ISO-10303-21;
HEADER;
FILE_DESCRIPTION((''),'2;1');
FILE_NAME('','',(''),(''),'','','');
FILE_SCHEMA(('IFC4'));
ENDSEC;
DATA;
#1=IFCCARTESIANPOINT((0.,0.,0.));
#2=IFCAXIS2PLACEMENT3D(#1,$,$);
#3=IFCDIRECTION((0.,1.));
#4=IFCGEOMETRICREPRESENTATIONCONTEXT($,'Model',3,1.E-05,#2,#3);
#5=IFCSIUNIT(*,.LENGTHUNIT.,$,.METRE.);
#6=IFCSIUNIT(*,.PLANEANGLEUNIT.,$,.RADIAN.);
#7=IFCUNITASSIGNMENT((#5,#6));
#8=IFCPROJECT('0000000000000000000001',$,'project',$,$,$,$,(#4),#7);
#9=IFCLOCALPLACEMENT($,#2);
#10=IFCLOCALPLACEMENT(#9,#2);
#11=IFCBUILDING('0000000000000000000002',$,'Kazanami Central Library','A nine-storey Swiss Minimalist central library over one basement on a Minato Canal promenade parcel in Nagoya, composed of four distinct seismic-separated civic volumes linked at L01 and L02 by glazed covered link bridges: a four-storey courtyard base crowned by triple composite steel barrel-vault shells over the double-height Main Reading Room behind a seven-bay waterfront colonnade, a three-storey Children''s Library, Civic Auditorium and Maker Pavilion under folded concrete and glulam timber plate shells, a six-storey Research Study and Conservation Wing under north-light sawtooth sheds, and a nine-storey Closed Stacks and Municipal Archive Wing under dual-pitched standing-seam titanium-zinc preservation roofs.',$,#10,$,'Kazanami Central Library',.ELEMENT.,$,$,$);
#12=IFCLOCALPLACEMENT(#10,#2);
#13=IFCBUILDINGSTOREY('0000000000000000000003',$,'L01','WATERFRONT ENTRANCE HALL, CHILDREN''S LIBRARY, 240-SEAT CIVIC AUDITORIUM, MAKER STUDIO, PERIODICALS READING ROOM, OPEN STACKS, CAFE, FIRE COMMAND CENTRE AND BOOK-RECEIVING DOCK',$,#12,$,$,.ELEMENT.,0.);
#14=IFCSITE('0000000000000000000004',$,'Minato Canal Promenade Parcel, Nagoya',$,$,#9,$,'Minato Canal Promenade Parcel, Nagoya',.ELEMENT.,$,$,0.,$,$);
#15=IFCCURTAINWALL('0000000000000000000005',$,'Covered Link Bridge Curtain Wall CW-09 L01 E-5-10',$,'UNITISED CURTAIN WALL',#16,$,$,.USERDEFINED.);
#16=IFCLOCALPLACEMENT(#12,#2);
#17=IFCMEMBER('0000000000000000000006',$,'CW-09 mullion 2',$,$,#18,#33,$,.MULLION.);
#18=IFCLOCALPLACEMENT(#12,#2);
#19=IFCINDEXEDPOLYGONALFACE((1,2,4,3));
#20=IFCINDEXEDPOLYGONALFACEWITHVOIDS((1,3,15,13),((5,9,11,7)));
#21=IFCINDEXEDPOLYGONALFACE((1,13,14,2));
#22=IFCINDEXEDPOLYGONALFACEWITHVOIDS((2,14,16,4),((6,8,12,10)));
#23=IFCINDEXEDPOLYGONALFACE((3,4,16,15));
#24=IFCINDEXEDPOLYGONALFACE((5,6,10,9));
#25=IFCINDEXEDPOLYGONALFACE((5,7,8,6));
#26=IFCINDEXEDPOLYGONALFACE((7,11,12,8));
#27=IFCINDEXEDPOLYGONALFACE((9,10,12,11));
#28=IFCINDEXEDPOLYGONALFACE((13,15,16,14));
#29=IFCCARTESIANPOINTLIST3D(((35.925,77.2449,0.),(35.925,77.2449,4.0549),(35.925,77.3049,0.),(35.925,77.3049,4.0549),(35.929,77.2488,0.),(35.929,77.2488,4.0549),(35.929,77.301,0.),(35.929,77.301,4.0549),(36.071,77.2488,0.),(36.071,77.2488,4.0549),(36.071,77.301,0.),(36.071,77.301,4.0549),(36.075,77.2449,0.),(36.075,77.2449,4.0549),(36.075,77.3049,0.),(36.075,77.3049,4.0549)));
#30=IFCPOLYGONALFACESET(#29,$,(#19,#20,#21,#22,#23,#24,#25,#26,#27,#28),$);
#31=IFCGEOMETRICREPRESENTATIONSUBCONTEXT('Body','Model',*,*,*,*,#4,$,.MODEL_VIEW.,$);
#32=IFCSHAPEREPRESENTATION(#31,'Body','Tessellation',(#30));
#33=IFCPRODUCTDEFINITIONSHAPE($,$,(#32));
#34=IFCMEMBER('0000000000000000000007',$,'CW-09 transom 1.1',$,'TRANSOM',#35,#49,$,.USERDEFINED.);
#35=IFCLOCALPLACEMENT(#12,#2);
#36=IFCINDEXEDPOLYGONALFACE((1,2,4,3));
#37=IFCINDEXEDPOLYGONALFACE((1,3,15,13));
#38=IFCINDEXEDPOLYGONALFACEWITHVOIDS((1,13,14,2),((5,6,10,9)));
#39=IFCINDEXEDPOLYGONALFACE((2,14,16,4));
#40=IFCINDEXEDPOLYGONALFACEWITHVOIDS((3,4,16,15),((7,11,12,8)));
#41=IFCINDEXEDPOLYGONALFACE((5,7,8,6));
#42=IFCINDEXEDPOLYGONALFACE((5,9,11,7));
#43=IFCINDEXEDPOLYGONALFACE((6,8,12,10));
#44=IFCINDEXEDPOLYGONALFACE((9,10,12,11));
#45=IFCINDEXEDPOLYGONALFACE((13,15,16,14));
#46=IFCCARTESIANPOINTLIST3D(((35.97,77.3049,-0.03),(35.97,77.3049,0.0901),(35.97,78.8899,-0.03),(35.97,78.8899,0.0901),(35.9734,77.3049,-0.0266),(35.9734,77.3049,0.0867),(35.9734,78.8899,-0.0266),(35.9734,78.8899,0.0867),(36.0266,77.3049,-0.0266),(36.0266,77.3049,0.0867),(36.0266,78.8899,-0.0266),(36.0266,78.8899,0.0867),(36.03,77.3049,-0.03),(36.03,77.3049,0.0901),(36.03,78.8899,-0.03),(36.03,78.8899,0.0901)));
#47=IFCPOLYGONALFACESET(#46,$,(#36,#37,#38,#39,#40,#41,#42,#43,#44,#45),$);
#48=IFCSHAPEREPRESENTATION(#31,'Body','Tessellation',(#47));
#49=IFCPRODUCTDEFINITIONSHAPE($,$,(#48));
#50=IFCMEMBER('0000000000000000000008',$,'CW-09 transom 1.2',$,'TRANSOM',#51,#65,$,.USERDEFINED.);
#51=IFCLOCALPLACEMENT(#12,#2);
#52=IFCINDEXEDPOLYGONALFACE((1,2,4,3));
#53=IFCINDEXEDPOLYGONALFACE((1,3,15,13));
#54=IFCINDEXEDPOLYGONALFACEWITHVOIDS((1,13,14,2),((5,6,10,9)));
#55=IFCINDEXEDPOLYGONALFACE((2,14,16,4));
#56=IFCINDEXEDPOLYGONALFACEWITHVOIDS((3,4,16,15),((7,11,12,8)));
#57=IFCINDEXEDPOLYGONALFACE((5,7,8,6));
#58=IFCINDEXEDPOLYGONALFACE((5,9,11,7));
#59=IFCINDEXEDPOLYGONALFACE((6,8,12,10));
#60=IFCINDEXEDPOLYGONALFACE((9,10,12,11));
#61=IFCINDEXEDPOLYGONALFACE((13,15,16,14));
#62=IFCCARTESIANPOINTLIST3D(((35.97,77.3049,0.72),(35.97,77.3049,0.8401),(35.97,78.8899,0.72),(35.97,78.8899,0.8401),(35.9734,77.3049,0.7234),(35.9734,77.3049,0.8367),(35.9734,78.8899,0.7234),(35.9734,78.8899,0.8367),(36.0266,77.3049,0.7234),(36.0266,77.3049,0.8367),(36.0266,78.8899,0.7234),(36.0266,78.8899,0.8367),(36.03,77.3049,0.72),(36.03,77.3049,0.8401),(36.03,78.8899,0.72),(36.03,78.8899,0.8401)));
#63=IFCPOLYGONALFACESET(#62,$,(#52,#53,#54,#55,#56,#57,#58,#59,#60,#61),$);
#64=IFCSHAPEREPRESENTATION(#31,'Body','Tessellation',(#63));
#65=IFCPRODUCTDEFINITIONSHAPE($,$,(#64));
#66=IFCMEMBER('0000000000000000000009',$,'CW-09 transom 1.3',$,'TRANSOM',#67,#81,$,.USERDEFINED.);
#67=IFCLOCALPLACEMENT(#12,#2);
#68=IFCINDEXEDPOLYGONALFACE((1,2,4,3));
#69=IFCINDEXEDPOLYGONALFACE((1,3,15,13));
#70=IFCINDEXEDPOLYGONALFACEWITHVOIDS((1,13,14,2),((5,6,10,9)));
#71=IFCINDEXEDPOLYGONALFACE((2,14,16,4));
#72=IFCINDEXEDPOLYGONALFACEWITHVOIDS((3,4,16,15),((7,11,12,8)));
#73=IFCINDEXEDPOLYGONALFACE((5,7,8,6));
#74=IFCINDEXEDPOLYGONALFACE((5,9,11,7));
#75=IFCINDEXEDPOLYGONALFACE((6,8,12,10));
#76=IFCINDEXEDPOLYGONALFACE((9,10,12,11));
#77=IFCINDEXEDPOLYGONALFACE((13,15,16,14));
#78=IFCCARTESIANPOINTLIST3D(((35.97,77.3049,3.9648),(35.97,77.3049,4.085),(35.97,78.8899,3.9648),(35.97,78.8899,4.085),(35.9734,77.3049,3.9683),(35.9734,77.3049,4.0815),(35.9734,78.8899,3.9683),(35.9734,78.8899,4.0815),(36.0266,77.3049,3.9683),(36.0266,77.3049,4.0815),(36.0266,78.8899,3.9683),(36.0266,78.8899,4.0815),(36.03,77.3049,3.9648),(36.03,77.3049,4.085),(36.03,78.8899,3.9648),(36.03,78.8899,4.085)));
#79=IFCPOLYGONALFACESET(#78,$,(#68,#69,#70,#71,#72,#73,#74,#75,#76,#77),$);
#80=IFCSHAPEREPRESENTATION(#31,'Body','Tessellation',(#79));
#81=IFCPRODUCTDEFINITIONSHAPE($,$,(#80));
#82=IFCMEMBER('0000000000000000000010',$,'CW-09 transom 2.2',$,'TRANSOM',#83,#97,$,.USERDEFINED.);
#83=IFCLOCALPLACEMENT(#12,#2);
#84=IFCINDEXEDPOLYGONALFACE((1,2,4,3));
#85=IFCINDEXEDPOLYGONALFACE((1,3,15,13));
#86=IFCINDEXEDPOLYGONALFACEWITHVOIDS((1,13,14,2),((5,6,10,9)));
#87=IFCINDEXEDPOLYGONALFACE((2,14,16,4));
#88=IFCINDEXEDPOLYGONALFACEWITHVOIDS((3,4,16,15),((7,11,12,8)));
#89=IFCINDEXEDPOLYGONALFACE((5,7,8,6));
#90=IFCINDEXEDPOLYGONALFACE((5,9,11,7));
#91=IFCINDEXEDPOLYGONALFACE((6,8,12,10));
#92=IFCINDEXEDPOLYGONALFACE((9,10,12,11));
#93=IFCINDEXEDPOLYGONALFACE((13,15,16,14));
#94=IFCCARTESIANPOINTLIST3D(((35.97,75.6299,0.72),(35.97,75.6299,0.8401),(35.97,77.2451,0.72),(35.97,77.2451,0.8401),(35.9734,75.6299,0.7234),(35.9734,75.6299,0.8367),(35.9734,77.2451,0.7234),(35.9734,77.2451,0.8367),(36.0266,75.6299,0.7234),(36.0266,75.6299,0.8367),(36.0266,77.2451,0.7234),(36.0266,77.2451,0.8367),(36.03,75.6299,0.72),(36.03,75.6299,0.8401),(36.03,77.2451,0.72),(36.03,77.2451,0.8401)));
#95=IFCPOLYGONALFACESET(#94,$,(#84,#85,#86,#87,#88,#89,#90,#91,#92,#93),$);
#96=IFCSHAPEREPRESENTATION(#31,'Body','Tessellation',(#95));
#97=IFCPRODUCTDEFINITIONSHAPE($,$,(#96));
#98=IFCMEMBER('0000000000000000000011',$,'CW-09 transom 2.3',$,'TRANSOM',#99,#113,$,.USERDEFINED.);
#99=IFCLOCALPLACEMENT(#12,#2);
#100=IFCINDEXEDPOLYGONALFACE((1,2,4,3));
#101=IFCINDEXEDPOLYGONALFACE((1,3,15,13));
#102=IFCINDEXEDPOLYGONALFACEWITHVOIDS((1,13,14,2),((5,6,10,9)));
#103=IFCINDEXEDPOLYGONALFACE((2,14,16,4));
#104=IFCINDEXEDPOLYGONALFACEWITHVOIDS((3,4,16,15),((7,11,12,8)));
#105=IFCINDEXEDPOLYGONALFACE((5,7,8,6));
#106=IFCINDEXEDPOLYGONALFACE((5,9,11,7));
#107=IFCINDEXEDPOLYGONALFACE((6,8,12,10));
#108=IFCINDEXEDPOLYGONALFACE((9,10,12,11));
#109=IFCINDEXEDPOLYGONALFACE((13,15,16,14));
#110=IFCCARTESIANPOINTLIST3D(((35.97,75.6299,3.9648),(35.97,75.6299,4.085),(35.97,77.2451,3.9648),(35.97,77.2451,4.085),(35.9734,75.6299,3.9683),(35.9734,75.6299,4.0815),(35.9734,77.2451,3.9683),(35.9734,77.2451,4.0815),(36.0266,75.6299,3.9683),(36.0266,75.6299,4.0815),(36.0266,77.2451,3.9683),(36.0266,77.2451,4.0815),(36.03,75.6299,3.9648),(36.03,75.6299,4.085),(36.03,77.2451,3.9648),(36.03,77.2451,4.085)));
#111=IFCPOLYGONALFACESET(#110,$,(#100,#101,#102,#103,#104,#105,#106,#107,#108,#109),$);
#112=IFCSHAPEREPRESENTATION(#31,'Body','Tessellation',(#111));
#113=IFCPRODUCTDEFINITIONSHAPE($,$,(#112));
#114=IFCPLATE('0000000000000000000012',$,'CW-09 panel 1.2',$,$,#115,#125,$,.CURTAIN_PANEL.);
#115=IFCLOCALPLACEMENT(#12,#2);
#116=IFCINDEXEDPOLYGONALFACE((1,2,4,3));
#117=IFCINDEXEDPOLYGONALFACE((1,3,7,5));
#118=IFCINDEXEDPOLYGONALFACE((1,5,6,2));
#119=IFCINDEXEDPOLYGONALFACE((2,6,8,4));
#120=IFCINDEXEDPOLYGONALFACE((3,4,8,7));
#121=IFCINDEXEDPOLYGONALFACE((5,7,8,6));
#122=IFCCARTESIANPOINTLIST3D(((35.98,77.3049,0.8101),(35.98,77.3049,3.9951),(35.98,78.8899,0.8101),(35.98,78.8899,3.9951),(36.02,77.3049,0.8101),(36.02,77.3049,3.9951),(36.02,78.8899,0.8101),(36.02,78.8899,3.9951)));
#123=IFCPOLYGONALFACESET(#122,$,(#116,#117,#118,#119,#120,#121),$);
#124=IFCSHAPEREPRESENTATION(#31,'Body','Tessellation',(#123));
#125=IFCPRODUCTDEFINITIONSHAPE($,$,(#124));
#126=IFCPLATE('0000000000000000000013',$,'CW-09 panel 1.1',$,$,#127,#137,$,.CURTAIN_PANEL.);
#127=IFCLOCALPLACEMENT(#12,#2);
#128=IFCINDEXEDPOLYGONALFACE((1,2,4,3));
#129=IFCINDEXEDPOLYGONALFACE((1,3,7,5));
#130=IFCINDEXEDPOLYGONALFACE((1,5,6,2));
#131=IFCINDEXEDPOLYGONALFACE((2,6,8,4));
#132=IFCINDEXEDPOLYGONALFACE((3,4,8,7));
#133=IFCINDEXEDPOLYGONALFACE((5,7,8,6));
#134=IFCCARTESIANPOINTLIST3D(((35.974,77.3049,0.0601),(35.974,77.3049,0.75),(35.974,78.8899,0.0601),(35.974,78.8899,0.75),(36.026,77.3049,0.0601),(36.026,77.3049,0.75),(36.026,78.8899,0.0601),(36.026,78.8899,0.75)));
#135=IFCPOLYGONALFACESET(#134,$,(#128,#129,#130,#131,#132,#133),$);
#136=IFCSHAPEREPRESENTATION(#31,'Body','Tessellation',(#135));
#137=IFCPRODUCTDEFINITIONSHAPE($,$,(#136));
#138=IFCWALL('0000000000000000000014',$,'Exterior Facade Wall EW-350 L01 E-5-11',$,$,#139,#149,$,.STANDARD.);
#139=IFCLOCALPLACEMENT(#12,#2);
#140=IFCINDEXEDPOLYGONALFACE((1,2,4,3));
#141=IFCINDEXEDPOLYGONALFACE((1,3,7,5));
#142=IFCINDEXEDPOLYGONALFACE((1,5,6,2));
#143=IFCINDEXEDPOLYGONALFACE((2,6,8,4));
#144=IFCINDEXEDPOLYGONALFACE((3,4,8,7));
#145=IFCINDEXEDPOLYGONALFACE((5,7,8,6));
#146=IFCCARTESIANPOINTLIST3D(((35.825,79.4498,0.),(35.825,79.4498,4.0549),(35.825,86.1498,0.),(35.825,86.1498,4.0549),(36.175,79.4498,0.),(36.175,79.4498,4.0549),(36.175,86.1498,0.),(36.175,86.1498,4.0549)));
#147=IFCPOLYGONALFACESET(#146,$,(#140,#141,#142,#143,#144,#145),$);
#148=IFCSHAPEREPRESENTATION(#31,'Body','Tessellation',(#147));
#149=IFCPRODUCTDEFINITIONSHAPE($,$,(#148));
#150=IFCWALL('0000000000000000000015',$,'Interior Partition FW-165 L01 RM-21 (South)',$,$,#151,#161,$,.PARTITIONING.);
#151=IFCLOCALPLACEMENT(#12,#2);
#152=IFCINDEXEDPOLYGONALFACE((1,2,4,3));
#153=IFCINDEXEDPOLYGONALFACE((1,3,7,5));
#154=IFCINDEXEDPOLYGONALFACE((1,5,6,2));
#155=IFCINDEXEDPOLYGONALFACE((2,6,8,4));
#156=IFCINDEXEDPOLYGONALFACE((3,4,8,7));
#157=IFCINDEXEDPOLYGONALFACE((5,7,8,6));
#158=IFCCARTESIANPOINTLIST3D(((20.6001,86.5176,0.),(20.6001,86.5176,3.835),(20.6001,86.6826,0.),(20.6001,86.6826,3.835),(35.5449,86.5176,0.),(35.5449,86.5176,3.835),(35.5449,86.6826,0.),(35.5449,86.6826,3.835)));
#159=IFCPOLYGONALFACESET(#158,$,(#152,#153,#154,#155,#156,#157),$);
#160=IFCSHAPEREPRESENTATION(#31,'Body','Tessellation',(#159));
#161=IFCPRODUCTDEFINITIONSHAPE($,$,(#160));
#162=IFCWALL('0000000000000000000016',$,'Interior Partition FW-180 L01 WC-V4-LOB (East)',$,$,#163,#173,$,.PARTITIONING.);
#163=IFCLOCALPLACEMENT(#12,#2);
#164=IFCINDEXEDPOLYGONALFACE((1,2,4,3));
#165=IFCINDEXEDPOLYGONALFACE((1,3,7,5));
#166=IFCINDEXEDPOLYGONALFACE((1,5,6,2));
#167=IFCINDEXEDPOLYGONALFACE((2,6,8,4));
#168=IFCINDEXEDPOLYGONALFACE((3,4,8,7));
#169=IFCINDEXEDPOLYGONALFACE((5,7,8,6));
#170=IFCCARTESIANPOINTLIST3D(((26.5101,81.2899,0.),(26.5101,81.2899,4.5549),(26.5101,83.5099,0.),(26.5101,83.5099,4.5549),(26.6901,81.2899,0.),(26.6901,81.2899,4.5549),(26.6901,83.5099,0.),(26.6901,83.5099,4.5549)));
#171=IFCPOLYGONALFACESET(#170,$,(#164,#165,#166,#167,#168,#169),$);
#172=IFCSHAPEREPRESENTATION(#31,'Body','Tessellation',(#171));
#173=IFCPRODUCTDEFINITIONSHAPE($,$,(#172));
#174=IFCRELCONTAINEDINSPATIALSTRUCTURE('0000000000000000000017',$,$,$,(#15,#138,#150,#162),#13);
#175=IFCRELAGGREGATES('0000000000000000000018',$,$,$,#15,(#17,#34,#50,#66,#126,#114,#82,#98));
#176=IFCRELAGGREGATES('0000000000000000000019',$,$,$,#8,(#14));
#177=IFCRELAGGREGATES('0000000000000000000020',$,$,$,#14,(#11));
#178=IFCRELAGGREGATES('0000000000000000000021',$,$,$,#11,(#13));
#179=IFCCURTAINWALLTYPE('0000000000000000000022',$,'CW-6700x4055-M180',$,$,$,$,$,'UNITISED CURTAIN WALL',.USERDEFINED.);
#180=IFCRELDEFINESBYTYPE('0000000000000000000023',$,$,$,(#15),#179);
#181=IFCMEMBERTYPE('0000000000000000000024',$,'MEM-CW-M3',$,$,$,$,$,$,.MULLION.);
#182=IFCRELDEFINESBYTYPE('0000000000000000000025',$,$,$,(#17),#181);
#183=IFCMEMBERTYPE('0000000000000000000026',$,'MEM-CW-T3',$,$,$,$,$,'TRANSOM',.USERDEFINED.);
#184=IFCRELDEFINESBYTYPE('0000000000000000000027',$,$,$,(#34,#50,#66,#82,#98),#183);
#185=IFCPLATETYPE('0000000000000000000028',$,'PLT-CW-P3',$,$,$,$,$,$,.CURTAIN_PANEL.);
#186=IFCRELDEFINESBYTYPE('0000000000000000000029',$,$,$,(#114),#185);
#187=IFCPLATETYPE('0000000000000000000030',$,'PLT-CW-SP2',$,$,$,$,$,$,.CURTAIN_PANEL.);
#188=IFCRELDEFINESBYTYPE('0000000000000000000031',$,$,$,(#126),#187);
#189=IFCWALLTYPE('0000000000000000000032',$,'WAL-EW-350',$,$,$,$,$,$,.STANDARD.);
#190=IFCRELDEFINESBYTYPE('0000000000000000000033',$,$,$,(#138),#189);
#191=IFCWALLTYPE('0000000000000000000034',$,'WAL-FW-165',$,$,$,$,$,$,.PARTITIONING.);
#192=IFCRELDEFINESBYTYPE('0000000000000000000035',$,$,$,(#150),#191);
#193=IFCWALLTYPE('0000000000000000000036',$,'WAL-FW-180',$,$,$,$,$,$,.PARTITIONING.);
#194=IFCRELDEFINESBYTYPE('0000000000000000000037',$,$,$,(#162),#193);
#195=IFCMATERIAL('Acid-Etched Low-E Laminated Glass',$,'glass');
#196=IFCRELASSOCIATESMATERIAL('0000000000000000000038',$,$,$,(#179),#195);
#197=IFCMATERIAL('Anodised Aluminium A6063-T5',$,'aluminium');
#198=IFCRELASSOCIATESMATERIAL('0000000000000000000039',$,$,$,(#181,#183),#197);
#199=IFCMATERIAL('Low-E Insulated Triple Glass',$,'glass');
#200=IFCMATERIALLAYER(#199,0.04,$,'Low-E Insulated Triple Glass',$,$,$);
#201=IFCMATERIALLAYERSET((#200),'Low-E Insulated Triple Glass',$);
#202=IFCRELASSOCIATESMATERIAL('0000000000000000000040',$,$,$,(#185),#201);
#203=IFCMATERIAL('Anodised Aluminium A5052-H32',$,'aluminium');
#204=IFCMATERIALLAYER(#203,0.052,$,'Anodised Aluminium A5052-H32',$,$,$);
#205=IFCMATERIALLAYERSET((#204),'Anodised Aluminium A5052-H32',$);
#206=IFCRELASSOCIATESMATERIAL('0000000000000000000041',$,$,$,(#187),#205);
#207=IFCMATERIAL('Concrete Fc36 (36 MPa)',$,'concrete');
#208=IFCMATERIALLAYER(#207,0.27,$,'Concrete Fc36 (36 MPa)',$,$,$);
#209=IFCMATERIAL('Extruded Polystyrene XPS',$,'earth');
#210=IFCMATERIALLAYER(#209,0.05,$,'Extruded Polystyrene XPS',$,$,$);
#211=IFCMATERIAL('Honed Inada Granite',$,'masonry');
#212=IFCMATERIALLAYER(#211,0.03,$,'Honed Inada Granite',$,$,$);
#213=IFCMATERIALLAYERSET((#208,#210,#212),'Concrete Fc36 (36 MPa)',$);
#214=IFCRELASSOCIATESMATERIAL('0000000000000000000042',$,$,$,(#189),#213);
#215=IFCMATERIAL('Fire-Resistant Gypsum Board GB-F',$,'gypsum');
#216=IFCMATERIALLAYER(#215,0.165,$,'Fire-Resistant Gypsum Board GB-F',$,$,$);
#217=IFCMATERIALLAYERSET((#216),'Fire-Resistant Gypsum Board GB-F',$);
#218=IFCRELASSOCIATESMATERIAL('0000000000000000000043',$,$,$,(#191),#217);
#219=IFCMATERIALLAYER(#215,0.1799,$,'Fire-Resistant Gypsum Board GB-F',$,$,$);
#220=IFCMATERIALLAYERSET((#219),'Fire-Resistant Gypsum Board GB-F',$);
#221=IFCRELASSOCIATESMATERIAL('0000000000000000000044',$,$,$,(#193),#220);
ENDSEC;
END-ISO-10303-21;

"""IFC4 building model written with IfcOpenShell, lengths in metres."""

from ifc_helpers import new_model, si_unit, direction, frame, frame_2d, origin, origin_2d, place, context, subcontext, project, spatial, rectangle, hollow_rectangle, extrude, material, layer, layer_set, material_profile, profile_set, type_object, element, aggregate, save


model = new_model("IFC4")

# Units and contexts
model_context = context("Model", 3, precision=1e-05, world=origin(), true_north=direction((0.0, 1.0)))
body_context = subcontext(model_context, "Body", "Model", "MODEL_VIEW")
ifc_project = project(units=[si_unit("LENGTHUNIT", "METRE"), si_unit("PLANEANGLEUNIT", "RADIAN")], contexts=[model_context])

# Site, building, storey
site_placement = place(None, origin())
site = spatial("IfcSite", under=ifc_project, at=site_placement, Name="Minato Canal Promenade Parcel, Nagoya", LongName="Minato Canal Promenade Parcel, Nagoya", CompositionType="ELEMENT", RefElevation=0.0)
building_placement = place(site_placement, origin())
building = spatial("IfcBuilding", under=site, at=building_placement, Name="Kazanami Central Library", Description="A nine-storey Swiss Minimalist central library over one basement on a Minato Canal promenade parcel in Nagoya, composed of four distinct seismic-separated civic volumes linked at L01 and L02 by glazed covered link bridges: a four-storey courtyard base crowned by triple composite steel barrel-vault shells over the double-height Main Reading Room behind a seven-bay waterfront colonnade, a three-storey Children's Library, Civic Auditorium and Maker Pavilion under folded concrete and glulam timber plate shells, a six-storey Research Study and Conservation Wing under north-light sawtooth sheds, and a nine-storey Closed Stacks and Municipal Archive Wing under dual-pitched standing-seam titanium-zinc preservation roofs.", LongName="Kazanami Central Library", CompositionType="ELEMENT")
storey_placement = place(building_placement, origin())
storey = spatial("IfcBuildingStorey", under=building, at=storey_placement, Name="L01", Description="WATERFRONT ENTRANCE HALL, CHILDREN'S LIBRARY, 240-SEAT CIVIC AUDITORIUM, MAKER STUDIO, PERIODICALS READING ROOM, OPEN STACKS, CAFE, FIRE COMMAND CENTRE AND BOOK-RECEIVING DOCK", CompositionType="ELEMENT", Elevation=0.0)

# Curtain wall, members, plates
ifc_material_1 = material(Name="Acid-Etched Low-E Laminated Glass", Category="glass")
curtain_wall_type = type_object("IfcCurtainWallType", Name="CW-6700x4055-M180", ElementType="UNITISED CURTAIN WALL", PredefinedType="USERDEFINED", material=ifc_material_1)
curtain_wall_placement = place(storey_placement, origin())
curtain_wall = element("IfcCurtainWall", 1, at=curtain_wall_placement, inside=storey, type_object=curtain_wall_type, Name="Covered Link Bridge Curtain Wall CW-09 L01 E-5-10", ObjectType="UNITISED CURTAIN WALL", PredefinedType="USERDEFINED")
ifc_material_2 = material(Name="Anodised Aluminium A6063-T5", Category="aluminium")
ifc_material_profile_1 = material_profile(ifc_material_2, hollow_rectangle(XDim=0.0601, YDim=0.1499, WallThickness=0.0039, at=origin_2d()), Name="ALU-MULL-60x150x4")
ifc_profile_set_1 = profile_set([ifc_material_profile_1], Name="Anodised Aluminium A6063-T5")
member_type_1 = type_object("IfcMemberType", Name="MEM-CW-M3", PredefinedType="MULLION", material=ifc_profile_set_1)
member_1_placement = place(storey_placement, frame((36.0, 77.2749, 0.0), z_axis=(0.0, 0.0, 1.0), x_axis=(0.0, -1.0, 0.0)))
member_1 = element("IfcMember", 2, at=member_1_placement, type_object=member_type_1, Name="CW-09 mullion 2", PredefinedType="MULLION", context=body_context, shape_type="SweptSolid", body=[
    extrude(hollow_rectangle(XDim=0.0601, YDim=0.1499, WallThickness=0.0039, at=origin_2d()), origin(), (0.0, 0.0, 1.0), 4.0549),
])
ifc_material_profile_2 = material_profile(ifc_material_2, hollow_rectangle(XDim=0.0601, YDim=0.1201, WallThickness=0.0034, at=origin_2d()), Name="ALU-TRAN-60x120x3.5")
ifc_profile_set_2 = profile_set([ifc_material_profile_2], Name="Anodised Aluminium A6063-T5")
member_type_2 = type_object("IfcMemberType", Name="MEM-CW-T3", ElementType="TRANSOM", PredefinedType="USERDEFINED", material=ifc_profile_set_2)
member_2_placement = place(storey_placement, frame((36.0, 78.8899, 0.03), z_axis=(0.0, -1.0, 0.0), x_axis=(1.0, 0.0, 0.0)))
member_2 = element("IfcMember", 3, at=member_2_placement, type_object=member_type_2, Name="CW-09 transom 1.1", ObjectType="TRANSOM", PredefinedType="USERDEFINED", context=body_context, shape_type="SweptSolid", body=[
    extrude(hollow_rectangle(XDim=0.0601, YDim=0.1201, WallThickness=0.0034, at=origin_2d()), origin(), (0.0, 0.0, 1.0), 1.585),
])
member_3_placement = place(storey_placement, frame((36.0, 78.8899, 0.78), z_axis=(0.0, -1.0, 0.0), x_axis=(1.0, 0.0, 0.0)))
member_3 = element("IfcMember", 4, at=member_3_placement, type_object=member_type_2, Name="CW-09 transom 1.2", ObjectType="TRANSOM", PredefinedType="USERDEFINED", context=body_context, shape_type="SweptSolid", body=[
    extrude(hollow_rectangle(XDim=0.0601, YDim=0.1201, WallThickness=0.0034, at=origin_2d()), origin(), (0.0, 0.0, 1.0), 1.585),
])
member_4_placement = place(storey_placement, frame((36.0, 78.8899, 4.0249), z_axis=(0.0, -1.0, 0.0), x_axis=(1.0, 0.0, 0.0)))
member_4 = element("IfcMember", 5, at=member_4_placement, type_object=member_type_2, Name="CW-09 transom 1.3", ObjectType="TRANSOM", PredefinedType="USERDEFINED", context=body_context, shape_type="SweptSolid", body=[
    extrude(hollow_rectangle(XDim=0.0601, YDim=0.1201, WallThickness=0.0034, at=origin_2d()), origin(), (0.0, 0.0, 1.0), 1.585),
])
member_5_placement = place(storey_placement, frame((36.0, 77.2451, 0.78), z_axis=(0.0, -1.0, 0.0), x_axis=(1.0, 0.0, 0.0)))
member_5 = element("IfcMember", 6, at=member_5_placement, type_object=member_type_2, Name="CW-09 transom 2.2", ObjectType="TRANSOM", PredefinedType="USERDEFINED", context=body_context, shape_type="SweptSolid", body=[
    extrude(hollow_rectangle(XDim=0.0601, YDim=0.1201, WallThickness=0.0034, at=origin_2d()), origin(), (0.0, 0.0, 1.0), 1.6152),
])
member_6_placement = place(storey_placement, frame((36.0, 77.2451, 4.0249), z_axis=(0.0, -1.0, 0.0), x_axis=(1.0, 0.0, 0.0)))
member_6 = element("IfcMember", 7, at=member_6_placement, type_object=member_type_2, Name="CW-09 transom 2.3", ObjectType="TRANSOM", PredefinedType="USERDEFINED", context=body_context, shape_type="SweptSolid", body=[
    extrude(hollow_rectangle(XDim=0.0601, YDim=0.1201, WallThickness=0.0034, at=origin_2d()), origin(), (0.0, 0.0, 1.0), 1.6152),
])
ifc_material_3 = material(Name="Low-E Insulated Triple Glass", Category="glass")
ifc_layer_1 = layer(ifc_material_3, 0.04, Name="Low-E Insulated Triple Glass")
ifc_layer_set_1 = layer_set([ifc_layer_1], Name="Low-E Insulated Triple Glass")
plate_type_1 = type_object("IfcPlateType", Name="PLT-CW-P3", PredefinedType="CURTAIN_PANEL", material=ifc_layer_set_1)
plate_1_placement = place(storey_placement, frame((36.0, 78.0974, 0.8101), z_axis=(0.0, 0.0, 1.0), x_axis=(0.0, -1.0, 0.0)))
plate_1 = element("IfcPlate", 8, at=plate_1_placement, type_object=plate_type_1, Name="CW-09 panel 1.2", PredefinedType="CURTAIN_PANEL", context=body_context, shape_type="SweptSolid", body=[
    extrude(rectangle(XDim=1.585, YDim=0.04, at=origin_2d()), origin(), (0.0, 0.0, 1.0), 3.1851),
])
ifc_material_4 = material(Name="Anodised Aluminium A5052-H32", Category="aluminium")
ifc_layer_2 = layer(ifc_material_4, 0.052, Name="Anodised Aluminium A5052-H32")
ifc_layer_set_2 = layer_set([ifc_layer_2], Name="Anodised Aluminium A5052-H32")
plate_type_2 = type_object("IfcPlateType", Name="PLT-CW-SP2", PredefinedType="CURTAIN_PANEL", material=ifc_layer_set_2)
plate_2_placement = place(storey_placement, frame((36.0, 78.0974, 0.0601), z_axis=(0.0, 0.0, 1.0), x_axis=(0.0, -1.0, 0.0)))
plate_2 = element("IfcPlate", 9, at=plate_2_placement, type_object=plate_type_2, Name="CW-09 panel 1.1", PredefinedType="CURTAIN_PANEL", context=body_context, shape_type="SweptSolid", body=[
    extrude(rectangle(XDim=1.585, YDim=0.052, at=origin_2d()), origin(), (0.0, 0.0, 1.0), 0.6899),
])
aggregate(curtain_wall, [member_1, member_2, member_3, member_4, plate_2, plate_1, member_5, member_6])

# Walls
ifc_material_5 = material(Name="Concrete Fc36 (36 MPa)", Category="concrete")
ifc_layer_3 = layer(ifc_material_5, 0.27, Name="Concrete Fc36 (36 MPa)")
ifc_material_6 = material(Name="Extruded Polystyrene XPS", Category="earth")
ifc_layer_4 = layer(ifc_material_6, 0.05, Name="Extruded Polystyrene XPS")
ifc_material_7 = material(Name="Honed Inada Granite", Category="masonry")
ifc_layer_5 = layer(ifc_material_7, 0.03, Name="Honed Inada Granite")
ifc_layer_set_3 = layer_set([ifc_layer_3, ifc_layer_4, ifc_layer_5], Name="Concrete Fc36 (36 MPa)")
wall_type_1 = type_object("IfcWallType", Name="WAL-EW-350", PredefinedType="STANDARD", material=ifc_layer_set_3)
wall_1_placement = place(storey_placement, frame((36.0, 86.1499, 0.0), z_axis=(0.0, 0.0, 1.0), x_axis=(0.0, -1.0, 0.0)))
element("IfcWall", 10, at=wall_1_placement, inside=storey, type_object=wall_type_1, Name="Exterior Facade Wall EW-350 L01 E-5-11", PredefinedType="STANDARD", context=body_context, shape_type="SweptSolid", body=[
    extrude(rectangle(XDim=6.7, YDim=0.3501, at=frame_2d((3.3501, 0.0))), origin(), (0.0, 0.0, 1.0), 4.0549),
])
ifc_material_8 = material(Name="Fire-Resistant Gypsum Board GB-F", Category="gypsum")
ifc_layer_6 = layer(ifc_material_8, 0.165, Name="Fire-Resistant Gypsum Board GB-F")
ifc_layer_set_4 = layer_set([ifc_layer_6], Name="Fire-Resistant Gypsum Board GB-F")
wall_type_2 = type_object("IfcWallType", Name="WAL-FW-165", PredefinedType="PARTITIONING", material=ifc_layer_set_4)
wall_2_placement = place(storey_placement, frame((20.6001, 86.6001, 0.0), z_axis=(0.0, 0.0, 1.0), x_axis=(1.0, 0.0, 0.0)))
element("IfcWall", 11, at=wall_2_placement, inside=storey, type_object=wall_type_2, Name="Interior Partition FW-165 L01 RM-21 (South)", PredefinedType="PARTITIONING", context=body_context, shape_type="SweptSolid", body=[
    extrude(rectangle(XDim=14.9448, YDim=0.165, at=frame_2d((7.4724, 0.0))), origin(), (0.0, 0.0, 1.0), 3.835),
])
ifc_layer_7 = layer(ifc_material_8, 0.1799, Name="Fire-Resistant Gypsum Board GB-F")
ifc_layer_set_5 = layer_set([ifc_layer_7], Name="Fire-Resistant Gypsum Board GB-F")
wall_type_3 = type_object("IfcWallType", Name="WAL-FW-180", PredefinedType="PARTITIONING", material=ifc_layer_set_5)
wall_3_placement = place(storey_placement, frame((26.6001, 81.29, 0.0), z_axis=(0.0, 0.0, 1.0), x_axis=(0.0, 1.0, 0.0)))
element("IfcWall", 12, at=wall_3_placement, inside=storey, type_object=wall_type_3, Name="Interior Partition FW-180 L01 WC-V4-LOB (East)", PredefinedType="PARTITIONING", context=body_context, shape_type="SweptSolid", body=[
    extrude(rectangle(XDim=2.22, YDim=0.1799, at=frame_2d((1.1099, 0.0))), origin(), (0.0, 0.0, 1.0), 4.5549),
])

save(model, "model.ifc")
